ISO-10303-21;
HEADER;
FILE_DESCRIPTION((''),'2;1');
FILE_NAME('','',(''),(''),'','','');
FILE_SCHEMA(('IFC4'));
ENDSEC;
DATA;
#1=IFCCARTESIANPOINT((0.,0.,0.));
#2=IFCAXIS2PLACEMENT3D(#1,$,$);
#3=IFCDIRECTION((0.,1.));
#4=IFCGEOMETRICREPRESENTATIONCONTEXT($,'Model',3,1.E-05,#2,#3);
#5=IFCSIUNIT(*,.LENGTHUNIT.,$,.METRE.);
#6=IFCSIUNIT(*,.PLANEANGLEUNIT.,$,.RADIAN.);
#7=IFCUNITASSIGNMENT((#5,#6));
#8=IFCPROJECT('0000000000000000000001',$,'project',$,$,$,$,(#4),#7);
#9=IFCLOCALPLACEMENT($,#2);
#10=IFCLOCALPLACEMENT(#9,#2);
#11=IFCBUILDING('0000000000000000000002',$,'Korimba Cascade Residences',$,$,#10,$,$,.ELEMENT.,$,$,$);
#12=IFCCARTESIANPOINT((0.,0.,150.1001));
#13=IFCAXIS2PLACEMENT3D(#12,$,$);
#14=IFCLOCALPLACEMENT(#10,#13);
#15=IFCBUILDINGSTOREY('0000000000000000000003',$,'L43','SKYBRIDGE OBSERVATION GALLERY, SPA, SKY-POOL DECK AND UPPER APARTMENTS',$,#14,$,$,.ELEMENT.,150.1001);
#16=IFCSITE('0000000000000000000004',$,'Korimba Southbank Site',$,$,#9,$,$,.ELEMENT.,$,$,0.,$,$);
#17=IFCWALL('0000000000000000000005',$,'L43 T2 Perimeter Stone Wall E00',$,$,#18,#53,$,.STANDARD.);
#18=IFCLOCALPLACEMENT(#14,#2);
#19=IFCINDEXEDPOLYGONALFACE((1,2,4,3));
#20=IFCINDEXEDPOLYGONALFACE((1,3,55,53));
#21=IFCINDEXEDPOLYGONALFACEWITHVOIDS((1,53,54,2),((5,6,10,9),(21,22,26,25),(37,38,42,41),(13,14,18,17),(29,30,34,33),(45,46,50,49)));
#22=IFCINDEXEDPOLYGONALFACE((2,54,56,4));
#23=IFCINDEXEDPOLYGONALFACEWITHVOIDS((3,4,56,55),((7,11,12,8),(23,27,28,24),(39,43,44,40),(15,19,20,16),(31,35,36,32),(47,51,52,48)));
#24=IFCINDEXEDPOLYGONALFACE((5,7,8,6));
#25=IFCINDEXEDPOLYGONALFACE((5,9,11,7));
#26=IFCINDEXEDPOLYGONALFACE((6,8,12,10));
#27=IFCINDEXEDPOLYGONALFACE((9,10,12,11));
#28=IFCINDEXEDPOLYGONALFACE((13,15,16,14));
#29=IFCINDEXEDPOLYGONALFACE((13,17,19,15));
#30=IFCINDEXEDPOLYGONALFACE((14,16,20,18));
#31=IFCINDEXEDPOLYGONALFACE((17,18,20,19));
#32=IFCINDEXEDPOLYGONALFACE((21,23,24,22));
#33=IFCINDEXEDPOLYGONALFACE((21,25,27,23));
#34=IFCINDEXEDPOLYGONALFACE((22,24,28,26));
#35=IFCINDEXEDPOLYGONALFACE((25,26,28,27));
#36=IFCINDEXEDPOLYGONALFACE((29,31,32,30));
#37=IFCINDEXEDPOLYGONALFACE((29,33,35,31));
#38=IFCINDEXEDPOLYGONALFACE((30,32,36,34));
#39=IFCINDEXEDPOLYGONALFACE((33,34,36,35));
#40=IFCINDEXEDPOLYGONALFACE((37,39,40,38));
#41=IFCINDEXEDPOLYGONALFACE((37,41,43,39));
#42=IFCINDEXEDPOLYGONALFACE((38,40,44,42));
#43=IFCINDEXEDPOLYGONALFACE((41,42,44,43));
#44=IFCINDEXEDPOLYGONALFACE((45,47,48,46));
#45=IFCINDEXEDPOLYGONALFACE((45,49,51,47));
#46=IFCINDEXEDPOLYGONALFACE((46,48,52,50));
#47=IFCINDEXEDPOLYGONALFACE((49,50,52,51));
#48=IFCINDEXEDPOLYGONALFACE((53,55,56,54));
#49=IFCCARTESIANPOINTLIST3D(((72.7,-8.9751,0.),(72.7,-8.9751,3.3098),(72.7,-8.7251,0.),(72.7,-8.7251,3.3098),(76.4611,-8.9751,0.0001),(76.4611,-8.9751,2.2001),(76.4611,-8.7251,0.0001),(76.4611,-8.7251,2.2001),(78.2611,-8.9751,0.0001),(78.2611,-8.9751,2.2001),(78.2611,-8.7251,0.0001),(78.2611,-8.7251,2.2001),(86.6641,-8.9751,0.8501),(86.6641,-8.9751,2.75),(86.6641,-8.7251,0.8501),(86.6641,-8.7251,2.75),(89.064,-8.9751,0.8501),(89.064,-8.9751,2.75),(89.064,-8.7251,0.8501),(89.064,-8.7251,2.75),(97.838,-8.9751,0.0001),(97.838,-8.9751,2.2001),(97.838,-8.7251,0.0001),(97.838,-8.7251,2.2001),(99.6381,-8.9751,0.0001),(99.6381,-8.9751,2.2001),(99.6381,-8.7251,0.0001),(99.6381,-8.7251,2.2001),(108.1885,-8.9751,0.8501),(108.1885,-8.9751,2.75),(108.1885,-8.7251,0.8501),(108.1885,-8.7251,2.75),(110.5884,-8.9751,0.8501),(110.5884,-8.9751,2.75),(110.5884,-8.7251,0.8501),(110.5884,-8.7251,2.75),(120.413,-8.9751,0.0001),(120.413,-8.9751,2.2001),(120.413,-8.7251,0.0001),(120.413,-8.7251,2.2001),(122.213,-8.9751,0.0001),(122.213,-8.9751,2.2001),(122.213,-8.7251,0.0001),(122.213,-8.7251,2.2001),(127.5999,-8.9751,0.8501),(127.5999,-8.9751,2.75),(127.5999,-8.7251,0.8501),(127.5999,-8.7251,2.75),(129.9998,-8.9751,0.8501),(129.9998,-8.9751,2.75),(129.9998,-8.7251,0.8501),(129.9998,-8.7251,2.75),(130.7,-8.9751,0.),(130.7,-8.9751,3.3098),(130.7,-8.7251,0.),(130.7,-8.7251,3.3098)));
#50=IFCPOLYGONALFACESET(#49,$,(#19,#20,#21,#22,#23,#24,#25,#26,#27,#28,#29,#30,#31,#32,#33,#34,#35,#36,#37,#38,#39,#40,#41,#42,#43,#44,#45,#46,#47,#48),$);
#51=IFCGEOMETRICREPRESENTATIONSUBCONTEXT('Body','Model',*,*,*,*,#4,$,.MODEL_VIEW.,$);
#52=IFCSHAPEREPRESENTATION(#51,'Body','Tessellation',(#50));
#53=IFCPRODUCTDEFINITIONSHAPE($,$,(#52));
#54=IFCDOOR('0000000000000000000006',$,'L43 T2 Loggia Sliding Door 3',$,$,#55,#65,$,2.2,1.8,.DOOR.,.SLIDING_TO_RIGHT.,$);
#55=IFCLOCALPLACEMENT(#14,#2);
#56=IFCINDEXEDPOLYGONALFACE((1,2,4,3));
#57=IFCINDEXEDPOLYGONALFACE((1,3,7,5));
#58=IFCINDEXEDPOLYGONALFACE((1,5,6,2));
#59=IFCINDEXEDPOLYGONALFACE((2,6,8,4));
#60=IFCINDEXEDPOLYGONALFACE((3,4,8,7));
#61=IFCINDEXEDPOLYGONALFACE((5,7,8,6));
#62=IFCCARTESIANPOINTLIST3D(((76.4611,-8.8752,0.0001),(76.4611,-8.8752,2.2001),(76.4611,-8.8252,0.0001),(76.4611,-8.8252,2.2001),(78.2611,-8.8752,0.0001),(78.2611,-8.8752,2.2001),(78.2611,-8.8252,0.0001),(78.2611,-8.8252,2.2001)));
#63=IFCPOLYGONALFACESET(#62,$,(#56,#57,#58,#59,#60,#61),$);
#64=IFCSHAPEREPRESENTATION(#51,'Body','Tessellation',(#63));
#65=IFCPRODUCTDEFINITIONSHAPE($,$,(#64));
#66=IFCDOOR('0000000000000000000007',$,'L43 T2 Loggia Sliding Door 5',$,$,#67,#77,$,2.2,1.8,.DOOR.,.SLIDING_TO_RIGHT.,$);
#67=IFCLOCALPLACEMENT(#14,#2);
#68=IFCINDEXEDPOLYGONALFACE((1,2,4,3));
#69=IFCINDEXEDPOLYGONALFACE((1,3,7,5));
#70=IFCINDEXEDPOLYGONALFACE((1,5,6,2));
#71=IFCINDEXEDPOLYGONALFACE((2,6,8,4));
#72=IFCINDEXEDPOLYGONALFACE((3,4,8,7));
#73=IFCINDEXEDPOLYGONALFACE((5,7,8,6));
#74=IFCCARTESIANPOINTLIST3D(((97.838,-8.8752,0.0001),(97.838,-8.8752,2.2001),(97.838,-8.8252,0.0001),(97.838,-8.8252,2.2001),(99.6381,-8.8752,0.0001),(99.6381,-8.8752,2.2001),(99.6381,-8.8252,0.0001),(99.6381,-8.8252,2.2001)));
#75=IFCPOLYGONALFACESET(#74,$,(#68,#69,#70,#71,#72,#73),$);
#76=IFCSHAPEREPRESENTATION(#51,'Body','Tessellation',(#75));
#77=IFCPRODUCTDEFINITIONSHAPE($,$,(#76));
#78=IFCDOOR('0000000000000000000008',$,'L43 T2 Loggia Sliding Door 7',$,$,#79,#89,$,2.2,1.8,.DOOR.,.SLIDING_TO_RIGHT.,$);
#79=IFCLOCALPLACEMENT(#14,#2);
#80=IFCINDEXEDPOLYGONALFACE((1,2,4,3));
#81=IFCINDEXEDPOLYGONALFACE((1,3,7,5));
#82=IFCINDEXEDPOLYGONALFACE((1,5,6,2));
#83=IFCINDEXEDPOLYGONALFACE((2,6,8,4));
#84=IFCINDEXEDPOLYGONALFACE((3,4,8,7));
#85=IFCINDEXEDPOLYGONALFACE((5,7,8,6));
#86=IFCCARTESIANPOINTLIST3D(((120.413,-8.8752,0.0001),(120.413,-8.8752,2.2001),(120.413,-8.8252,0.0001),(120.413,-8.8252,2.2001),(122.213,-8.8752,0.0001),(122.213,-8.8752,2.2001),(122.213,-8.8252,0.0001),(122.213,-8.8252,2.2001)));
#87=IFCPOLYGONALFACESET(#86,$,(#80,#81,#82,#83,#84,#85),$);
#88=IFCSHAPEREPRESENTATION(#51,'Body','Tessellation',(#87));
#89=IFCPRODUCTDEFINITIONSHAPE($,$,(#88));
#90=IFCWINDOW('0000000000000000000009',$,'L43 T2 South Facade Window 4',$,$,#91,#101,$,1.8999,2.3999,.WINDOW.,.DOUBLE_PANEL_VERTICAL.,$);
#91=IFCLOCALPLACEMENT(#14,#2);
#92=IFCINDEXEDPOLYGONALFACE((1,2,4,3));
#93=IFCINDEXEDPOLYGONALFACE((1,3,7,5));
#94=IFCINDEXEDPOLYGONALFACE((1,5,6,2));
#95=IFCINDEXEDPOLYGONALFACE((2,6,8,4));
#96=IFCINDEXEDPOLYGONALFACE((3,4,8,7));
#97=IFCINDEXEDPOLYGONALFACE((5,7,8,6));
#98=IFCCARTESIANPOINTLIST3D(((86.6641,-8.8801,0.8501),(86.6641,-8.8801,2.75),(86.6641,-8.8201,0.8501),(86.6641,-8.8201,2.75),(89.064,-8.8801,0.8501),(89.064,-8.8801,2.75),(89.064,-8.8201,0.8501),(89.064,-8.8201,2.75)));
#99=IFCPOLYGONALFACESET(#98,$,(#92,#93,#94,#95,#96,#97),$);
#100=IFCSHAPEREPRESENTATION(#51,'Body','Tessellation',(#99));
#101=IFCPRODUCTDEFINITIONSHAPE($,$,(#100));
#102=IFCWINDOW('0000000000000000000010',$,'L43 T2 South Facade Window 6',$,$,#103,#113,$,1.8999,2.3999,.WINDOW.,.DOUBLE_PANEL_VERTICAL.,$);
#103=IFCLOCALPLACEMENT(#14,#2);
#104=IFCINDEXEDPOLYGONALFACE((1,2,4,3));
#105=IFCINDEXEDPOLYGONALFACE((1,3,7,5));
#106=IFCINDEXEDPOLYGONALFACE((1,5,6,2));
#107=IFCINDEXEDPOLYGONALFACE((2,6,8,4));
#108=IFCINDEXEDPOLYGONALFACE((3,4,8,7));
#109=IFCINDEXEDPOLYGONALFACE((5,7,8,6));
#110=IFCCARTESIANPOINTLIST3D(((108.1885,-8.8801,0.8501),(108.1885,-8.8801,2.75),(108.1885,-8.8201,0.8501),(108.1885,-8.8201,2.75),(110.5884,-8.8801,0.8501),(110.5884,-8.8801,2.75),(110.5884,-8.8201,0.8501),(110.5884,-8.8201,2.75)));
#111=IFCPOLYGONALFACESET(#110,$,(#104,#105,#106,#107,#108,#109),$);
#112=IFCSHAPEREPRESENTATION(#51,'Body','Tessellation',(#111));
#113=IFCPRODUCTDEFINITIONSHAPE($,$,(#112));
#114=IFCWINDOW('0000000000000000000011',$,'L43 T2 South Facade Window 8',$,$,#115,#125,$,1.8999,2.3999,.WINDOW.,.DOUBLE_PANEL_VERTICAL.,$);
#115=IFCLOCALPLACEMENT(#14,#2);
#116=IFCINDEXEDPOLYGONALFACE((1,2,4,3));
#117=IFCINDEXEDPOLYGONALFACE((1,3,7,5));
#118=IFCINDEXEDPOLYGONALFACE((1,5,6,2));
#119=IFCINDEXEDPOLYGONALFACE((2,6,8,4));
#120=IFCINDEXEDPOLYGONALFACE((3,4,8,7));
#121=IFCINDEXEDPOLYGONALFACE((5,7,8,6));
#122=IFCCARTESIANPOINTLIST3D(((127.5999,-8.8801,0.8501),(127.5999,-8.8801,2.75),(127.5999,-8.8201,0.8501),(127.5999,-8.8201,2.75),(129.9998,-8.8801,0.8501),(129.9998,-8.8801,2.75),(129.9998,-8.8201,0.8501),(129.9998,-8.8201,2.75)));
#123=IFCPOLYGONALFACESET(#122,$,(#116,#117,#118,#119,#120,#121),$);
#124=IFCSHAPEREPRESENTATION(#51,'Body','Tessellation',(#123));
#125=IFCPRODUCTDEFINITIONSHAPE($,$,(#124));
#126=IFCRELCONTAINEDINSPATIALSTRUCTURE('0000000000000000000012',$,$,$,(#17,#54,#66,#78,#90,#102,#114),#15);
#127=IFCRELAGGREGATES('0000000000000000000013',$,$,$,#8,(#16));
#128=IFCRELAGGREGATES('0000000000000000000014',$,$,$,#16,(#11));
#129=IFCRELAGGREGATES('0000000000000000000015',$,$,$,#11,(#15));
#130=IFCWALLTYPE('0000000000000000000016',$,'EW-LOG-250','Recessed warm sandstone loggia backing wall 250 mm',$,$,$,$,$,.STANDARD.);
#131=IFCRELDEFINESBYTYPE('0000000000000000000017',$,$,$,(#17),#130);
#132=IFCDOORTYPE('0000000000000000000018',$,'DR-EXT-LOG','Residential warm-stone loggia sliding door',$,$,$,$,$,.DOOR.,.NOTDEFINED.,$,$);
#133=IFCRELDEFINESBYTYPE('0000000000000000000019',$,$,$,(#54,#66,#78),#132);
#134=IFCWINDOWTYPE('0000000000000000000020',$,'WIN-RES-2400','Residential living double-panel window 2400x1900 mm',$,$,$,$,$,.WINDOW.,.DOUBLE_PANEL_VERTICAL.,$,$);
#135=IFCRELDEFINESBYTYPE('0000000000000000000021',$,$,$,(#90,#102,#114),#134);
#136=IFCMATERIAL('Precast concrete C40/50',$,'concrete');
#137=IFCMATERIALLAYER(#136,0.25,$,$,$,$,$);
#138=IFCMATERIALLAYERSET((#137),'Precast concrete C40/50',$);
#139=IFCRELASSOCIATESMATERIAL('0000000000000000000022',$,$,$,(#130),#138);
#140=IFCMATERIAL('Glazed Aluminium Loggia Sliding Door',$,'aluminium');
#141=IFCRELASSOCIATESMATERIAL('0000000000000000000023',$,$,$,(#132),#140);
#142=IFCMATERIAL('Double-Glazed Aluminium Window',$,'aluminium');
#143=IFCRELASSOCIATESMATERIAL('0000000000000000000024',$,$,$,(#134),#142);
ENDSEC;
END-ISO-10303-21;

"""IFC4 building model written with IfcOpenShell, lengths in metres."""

from ifc_helpers import new_model, si_unit, direction, frame, frame_2d, origin, place, context, subcontext, project, spatial, rectangle, extrude, material, layer, layer_set, type_object, element, fill, save


model = new_model("IFC4")

# Units and contexts
model_context = context("Model", 3, precision=1e-05, world=origin(), true_north=direction((0.0, 1.0)))
body_context = subcontext(model_context, "Body", "Model", "MODEL_VIEW")
ifc_project = project(units=[si_unit("LENGTHUNIT", "METRE"), si_unit("PLANEANGLEUNIT", "RADIAN")], contexts=[model_context])

# Site, building, storey
site_placement = place(None, origin())
site = spatial("IfcSite", under=ifc_project, at=site_placement, Name="Korimba Southbank Site", CompositionType="ELEMENT", RefElevation=0.0)
building_placement = place(site_placement, origin())
building = spatial("IfcBuilding", under=site, at=building_placement, Name="Korimba Cascade Residences", CompositionType="ELEMENT")
storey_placement = place(building_placement, frame((0.0, 0.0, 150.1001)))
storey = spatial("IfcBuildingStorey", under=building, at=storey_placement, Name="L43", Description="SKYBRIDGE OBSERVATION GALLERY, SPA, SKY-POOL DECK AND UPPER APARTMENTS", CompositionType="ELEMENT", Elevation=150.1001)

# Wall, openings, doors, windows
ifc_material_1 = material(Name="Precast concrete C40/50", Category="concrete")
ifc_layer_1 = layer(ifc_material_1, 0.25)
ifc_layer_set_1 = layer_set([ifc_layer_1], Name="Precast concrete C40/50")
wall_type_1 = type_object("IfcWallType", Name="EW-LOG-250", Description="Recessed warm sandstone loggia backing wall 250 mm", PredefinedType="STANDARD", material=ifc_layer_set_1)
wall_1_placement = place(storey_placement, frame((72.7, -8.8501, 0.0), z_axis=(0.0, 0.0, 1.0), x_axis=(1.0, 0.0, 0.0)))
wall_1 = element("IfcWall", 1, at=wall_1_placement, inside=storey, type_object=wall_type_1, Name="L43 T2 Perimeter Stone Wall E00", PredefinedType="STANDARD", context=body_context, shape_type="SweptSolid", body=[
    extrude(rectangle(XDim=58.0, YDim=0.25, at=frame_2d((29.0, 0.0))), origin(), (0.0, 0.0, 1.0), 3.3098),
])
opening_1_placement = place(wall_1_placement, frame((3.7612, 0.0, 0.0)))
opening_1 = element("IfcOpeningElement", 2, at=opening_1_placement, cuts=wall_1, PredefinedType="OPENING", context=body_context, shape_type="SweptSolid", body=[
    extrude(rectangle(XDim=1.8, YDim=2.2, at=frame_2d((0.8999, 1.1001))), frame((0.0, 0.135, 0.0), z_axis=(0.0, -1.0, 0.0), x_axis=(1.0, 0.0, 0.0)), (0.0, 0.0, 1.0), 0.27),
])
opening_2_placement = place(wall_1_placement, frame((13.9641, 0.0, 0.8501)))
opening_2 = element("IfcOpeningElement", 3, at=opening_2_placement, cuts=wall_1, PredefinedType="OPENING", context=body_context, shape_type="SweptSolid", body=[
    extrude(rectangle(XDim=2.3999, YDim=1.8999, at=frame_2d((1.2, 0.95))), frame((0.0, 0.135, 0.0), z_axis=(0.0, -1.0, 0.0), x_axis=(1.0, 0.0, 0.0)), (0.0, 0.0, 1.0), 0.27),
])
opening_3_placement = place(wall_1_placement, frame((25.1382, 0.0, 0.0)))
opening_3 = element("IfcOpeningElement", 4, at=opening_3_placement, cuts=wall_1, PredefinedType="OPENING", context=body_context, shape_type="SweptSolid", body=[
    extrude(rectangle(XDim=1.8, YDim=2.2, at=frame_2d((0.8999, 1.1001))), frame((0.0, 0.135, 0.0), z_axis=(0.0, -1.0, 0.0), x_axis=(1.0, 0.0, 0.0)), (0.0, 0.0, 1.0), 0.27),
])
opening_4_placement = place(wall_1_placement, frame((35.4885, 0.0, 0.8501)))
opening_4 = element("IfcOpeningElement", 5, at=opening_4_placement, cuts=wall_1, PredefinedType="OPENING", context=body_context, shape_type="SweptSolid", body=[
    extrude(rectangle(XDim=2.3999, YDim=1.8999, at=frame_2d((1.2, 0.95))), frame((0.0, 0.135, 0.0), z_axis=(0.0, -1.0, 0.0), x_axis=(1.0, 0.0, 0.0)), (0.0, 0.0, 1.0), 0.27),
])
opening_5_placement = place(wall_1_placement, frame((47.7131, 0.0, 0.0)))
opening_5 = element("IfcOpeningElement", 6, at=opening_5_placement, cuts=wall_1, PredefinedType="OPENING", context=body_context, shape_type="SweptSolid", body=[
    extrude(rectangle(XDim=1.8, YDim=2.2, at=frame_2d((0.8999, 1.1001))), frame((0.0, 0.135, 0.0), z_axis=(0.0, -1.0, 0.0), x_axis=(1.0, 0.0, 0.0)), (0.0, 0.0, 1.0), 0.27),
])
opening_6_placement = place(wall_1_placement, frame((54.8999, 0.0, 0.8501)))
opening_6 = element("IfcOpeningElement", 7, at=opening_6_placement, cuts=wall_1, PredefinedType="OPENING", context=body_context, shape_type="SweptSolid", body=[
    extrude(rectangle(XDim=2.3999, YDim=1.8999, at=frame_2d((1.2, 0.95))), frame((0.0, 0.135, 0.0), z_axis=(0.0, -1.0, 0.0), x_axis=(1.0, 0.0, 0.0)), (0.0, 0.0, 1.0), 0.27),
])
ifc_material_2 = material(Name="Glazed Aluminium Loggia Sliding Door", Category="aluminium")
door_type_1 = type_object("IfcDoorType", Name="DR-EXT-LOG", Description="Residential warm-stone loggia sliding door", OperationType="NOTDEFINED", PredefinedType="DOOR", material=ifc_material_2)
door_1_placement = place(opening_1_placement, origin())
door_1 = element("IfcDoor", 8, at=door_1_placement, inside=storey, type_object=door_type_1, Name="L43 T2 Loggia Sliding Door 3", OperationType="SLIDING_TO_RIGHT", OverallHeight=2.2, OverallWidth=1.8, PredefinedType="DOOR", context=body_context, shape_type="SweptSolid", body=[
    extrude(rectangle(XDim=1.8, YDim=2.2, at=frame_2d((0.8999, 1.1001))), frame((0.0, 0.0249, 0.0), z_axis=(0.0, -1.0, 0.0), x_axis=(1.0, 0.0, 0.0)), (0.0, 0.0, 1.0), 0.05),
])
fill(opening_1, door_1)
door_2_placement = place(opening_3_placement, origin())
door_2 = element("IfcDoor", 9, at=door_2_placement, inside=storey, type_object=door_type_1, Name="L43 T2 Loggia Sliding Door 5", OperationType="SLIDING_TO_RIGHT", OverallHeight=2.2, OverallWidth=1.8, PredefinedType="DOOR", context=body_context, shape_type="SweptSolid", body=[
    extrude(rectangle(XDim=1.8, YDim=2.2, at=frame_2d((0.8999, 1.1001))), frame((0.0, 0.0249, 0.0), z_axis=(0.0, -1.0, 0.0), x_axis=(1.0, 0.0, 0.0)), (0.0, 0.0, 1.0), 0.05),
])
fill(opening_3, door_2)
door_3_placement = place(opening_5_placement, origin())
door_3 = element("IfcDoor", 10, at=door_3_placement, inside=storey, type_object=door_type_1, Name="L43 T2 Loggia Sliding Door 7", OperationType="SLIDING_TO_RIGHT", OverallHeight=2.2, OverallWidth=1.8, PredefinedType="DOOR", context=body_context, shape_type="SweptSolid", body=[
    extrude(rectangle(XDim=1.8, YDim=2.2, at=frame_2d((0.8999, 1.1001))), frame((0.0, 0.0249, 0.0), z_axis=(0.0, -1.0, 0.0), x_axis=(1.0, 0.0, 0.0)), (0.0, 0.0, 1.0), 0.05),
])
fill(opening_5, door_3)
ifc_material_3 = material(Name="Double-Glazed Aluminium Window", Category="aluminium")
window_type_1 = type_object("IfcWindowType", Name="WIN-RES-2400", Description="Residential living double-panel window 2400x1900 mm", PartitioningType="DOUBLE_PANEL_VERTICAL", PredefinedType="WINDOW", material=ifc_material_3)
window_1_placement = place(opening_2_placement, origin())
window_1 = element("IfcWindow", 11, at=window_1_placement, inside=storey, type_object=window_type_1, Name="L43 T2 South Facade Window 4", OverallHeight=1.8999, OverallWidth=2.3999, PartitioningType="DOUBLE_PANEL_VERTICAL", PredefinedType="WINDOW", context=body_context, shape_type="SweptSolid", body=[
    extrude(rectangle(XDim=2.3999, YDim=1.8999, at=frame_2d((1.2, 0.95))), frame((0.0, 0.03, 0.0), z_axis=(0.0, -1.0, 0.0), x_axis=(1.0, 0.0, 0.0)), (0.0, 0.0, 1.0), 0.0601),
])
fill(opening_2, window_1)
window_2_placement = place(opening_4_placement, origin())
window_2 = element("IfcWindow", 12, at=window_2_placement, inside=storey, type_object=window_type_1, Name="L43 T2 South Facade Window 6", OverallHeight=1.8999, OverallWidth=2.3999, PartitioningType="DOUBLE_PANEL_VERTICAL", PredefinedType="WINDOW", context=body_context, shape_type="SweptSolid", body=[
    extrude(rectangle(XDim=2.3999, YDim=1.8999, at=frame_2d((1.2, 0.95))), frame((0.0, 0.03, 0.0), z_axis=(0.0, -1.0, 0.0), x_axis=(1.0, 0.0, 0.0)), (0.0, 0.0, 1.0), 0.0601),
])
fill(opening_4, window_2)
window_3_placement = place(opening_6_placement, origin())
window_3 = element("IfcWindow", 13, at=window_3_placement, inside=storey, type_object=window_type_1, Name="L43 T2 South Facade Window 8", OverallHeight=1.8999, OverallWidth=2.3999, PartitioningType="DOUBLE_PANEL_VERTICAL", PredefinedType="WINDOW", context=body_context, shape_type="SweptSolid", body=[
    extrude(rectangle(XDim=2.3999, YDim=1.8999, at=frame_2d((1.2, 0.95))), frame((0.0, 0.03, 0.0), z_axis=(0.0, -1.0, 0.0), x_axis=(1.0, 0.0, 0.0)), (0.0, 0.0, 1.0), 0.0601),
])
fill(opening_6, window_3)

save(model, "model.ifc")
